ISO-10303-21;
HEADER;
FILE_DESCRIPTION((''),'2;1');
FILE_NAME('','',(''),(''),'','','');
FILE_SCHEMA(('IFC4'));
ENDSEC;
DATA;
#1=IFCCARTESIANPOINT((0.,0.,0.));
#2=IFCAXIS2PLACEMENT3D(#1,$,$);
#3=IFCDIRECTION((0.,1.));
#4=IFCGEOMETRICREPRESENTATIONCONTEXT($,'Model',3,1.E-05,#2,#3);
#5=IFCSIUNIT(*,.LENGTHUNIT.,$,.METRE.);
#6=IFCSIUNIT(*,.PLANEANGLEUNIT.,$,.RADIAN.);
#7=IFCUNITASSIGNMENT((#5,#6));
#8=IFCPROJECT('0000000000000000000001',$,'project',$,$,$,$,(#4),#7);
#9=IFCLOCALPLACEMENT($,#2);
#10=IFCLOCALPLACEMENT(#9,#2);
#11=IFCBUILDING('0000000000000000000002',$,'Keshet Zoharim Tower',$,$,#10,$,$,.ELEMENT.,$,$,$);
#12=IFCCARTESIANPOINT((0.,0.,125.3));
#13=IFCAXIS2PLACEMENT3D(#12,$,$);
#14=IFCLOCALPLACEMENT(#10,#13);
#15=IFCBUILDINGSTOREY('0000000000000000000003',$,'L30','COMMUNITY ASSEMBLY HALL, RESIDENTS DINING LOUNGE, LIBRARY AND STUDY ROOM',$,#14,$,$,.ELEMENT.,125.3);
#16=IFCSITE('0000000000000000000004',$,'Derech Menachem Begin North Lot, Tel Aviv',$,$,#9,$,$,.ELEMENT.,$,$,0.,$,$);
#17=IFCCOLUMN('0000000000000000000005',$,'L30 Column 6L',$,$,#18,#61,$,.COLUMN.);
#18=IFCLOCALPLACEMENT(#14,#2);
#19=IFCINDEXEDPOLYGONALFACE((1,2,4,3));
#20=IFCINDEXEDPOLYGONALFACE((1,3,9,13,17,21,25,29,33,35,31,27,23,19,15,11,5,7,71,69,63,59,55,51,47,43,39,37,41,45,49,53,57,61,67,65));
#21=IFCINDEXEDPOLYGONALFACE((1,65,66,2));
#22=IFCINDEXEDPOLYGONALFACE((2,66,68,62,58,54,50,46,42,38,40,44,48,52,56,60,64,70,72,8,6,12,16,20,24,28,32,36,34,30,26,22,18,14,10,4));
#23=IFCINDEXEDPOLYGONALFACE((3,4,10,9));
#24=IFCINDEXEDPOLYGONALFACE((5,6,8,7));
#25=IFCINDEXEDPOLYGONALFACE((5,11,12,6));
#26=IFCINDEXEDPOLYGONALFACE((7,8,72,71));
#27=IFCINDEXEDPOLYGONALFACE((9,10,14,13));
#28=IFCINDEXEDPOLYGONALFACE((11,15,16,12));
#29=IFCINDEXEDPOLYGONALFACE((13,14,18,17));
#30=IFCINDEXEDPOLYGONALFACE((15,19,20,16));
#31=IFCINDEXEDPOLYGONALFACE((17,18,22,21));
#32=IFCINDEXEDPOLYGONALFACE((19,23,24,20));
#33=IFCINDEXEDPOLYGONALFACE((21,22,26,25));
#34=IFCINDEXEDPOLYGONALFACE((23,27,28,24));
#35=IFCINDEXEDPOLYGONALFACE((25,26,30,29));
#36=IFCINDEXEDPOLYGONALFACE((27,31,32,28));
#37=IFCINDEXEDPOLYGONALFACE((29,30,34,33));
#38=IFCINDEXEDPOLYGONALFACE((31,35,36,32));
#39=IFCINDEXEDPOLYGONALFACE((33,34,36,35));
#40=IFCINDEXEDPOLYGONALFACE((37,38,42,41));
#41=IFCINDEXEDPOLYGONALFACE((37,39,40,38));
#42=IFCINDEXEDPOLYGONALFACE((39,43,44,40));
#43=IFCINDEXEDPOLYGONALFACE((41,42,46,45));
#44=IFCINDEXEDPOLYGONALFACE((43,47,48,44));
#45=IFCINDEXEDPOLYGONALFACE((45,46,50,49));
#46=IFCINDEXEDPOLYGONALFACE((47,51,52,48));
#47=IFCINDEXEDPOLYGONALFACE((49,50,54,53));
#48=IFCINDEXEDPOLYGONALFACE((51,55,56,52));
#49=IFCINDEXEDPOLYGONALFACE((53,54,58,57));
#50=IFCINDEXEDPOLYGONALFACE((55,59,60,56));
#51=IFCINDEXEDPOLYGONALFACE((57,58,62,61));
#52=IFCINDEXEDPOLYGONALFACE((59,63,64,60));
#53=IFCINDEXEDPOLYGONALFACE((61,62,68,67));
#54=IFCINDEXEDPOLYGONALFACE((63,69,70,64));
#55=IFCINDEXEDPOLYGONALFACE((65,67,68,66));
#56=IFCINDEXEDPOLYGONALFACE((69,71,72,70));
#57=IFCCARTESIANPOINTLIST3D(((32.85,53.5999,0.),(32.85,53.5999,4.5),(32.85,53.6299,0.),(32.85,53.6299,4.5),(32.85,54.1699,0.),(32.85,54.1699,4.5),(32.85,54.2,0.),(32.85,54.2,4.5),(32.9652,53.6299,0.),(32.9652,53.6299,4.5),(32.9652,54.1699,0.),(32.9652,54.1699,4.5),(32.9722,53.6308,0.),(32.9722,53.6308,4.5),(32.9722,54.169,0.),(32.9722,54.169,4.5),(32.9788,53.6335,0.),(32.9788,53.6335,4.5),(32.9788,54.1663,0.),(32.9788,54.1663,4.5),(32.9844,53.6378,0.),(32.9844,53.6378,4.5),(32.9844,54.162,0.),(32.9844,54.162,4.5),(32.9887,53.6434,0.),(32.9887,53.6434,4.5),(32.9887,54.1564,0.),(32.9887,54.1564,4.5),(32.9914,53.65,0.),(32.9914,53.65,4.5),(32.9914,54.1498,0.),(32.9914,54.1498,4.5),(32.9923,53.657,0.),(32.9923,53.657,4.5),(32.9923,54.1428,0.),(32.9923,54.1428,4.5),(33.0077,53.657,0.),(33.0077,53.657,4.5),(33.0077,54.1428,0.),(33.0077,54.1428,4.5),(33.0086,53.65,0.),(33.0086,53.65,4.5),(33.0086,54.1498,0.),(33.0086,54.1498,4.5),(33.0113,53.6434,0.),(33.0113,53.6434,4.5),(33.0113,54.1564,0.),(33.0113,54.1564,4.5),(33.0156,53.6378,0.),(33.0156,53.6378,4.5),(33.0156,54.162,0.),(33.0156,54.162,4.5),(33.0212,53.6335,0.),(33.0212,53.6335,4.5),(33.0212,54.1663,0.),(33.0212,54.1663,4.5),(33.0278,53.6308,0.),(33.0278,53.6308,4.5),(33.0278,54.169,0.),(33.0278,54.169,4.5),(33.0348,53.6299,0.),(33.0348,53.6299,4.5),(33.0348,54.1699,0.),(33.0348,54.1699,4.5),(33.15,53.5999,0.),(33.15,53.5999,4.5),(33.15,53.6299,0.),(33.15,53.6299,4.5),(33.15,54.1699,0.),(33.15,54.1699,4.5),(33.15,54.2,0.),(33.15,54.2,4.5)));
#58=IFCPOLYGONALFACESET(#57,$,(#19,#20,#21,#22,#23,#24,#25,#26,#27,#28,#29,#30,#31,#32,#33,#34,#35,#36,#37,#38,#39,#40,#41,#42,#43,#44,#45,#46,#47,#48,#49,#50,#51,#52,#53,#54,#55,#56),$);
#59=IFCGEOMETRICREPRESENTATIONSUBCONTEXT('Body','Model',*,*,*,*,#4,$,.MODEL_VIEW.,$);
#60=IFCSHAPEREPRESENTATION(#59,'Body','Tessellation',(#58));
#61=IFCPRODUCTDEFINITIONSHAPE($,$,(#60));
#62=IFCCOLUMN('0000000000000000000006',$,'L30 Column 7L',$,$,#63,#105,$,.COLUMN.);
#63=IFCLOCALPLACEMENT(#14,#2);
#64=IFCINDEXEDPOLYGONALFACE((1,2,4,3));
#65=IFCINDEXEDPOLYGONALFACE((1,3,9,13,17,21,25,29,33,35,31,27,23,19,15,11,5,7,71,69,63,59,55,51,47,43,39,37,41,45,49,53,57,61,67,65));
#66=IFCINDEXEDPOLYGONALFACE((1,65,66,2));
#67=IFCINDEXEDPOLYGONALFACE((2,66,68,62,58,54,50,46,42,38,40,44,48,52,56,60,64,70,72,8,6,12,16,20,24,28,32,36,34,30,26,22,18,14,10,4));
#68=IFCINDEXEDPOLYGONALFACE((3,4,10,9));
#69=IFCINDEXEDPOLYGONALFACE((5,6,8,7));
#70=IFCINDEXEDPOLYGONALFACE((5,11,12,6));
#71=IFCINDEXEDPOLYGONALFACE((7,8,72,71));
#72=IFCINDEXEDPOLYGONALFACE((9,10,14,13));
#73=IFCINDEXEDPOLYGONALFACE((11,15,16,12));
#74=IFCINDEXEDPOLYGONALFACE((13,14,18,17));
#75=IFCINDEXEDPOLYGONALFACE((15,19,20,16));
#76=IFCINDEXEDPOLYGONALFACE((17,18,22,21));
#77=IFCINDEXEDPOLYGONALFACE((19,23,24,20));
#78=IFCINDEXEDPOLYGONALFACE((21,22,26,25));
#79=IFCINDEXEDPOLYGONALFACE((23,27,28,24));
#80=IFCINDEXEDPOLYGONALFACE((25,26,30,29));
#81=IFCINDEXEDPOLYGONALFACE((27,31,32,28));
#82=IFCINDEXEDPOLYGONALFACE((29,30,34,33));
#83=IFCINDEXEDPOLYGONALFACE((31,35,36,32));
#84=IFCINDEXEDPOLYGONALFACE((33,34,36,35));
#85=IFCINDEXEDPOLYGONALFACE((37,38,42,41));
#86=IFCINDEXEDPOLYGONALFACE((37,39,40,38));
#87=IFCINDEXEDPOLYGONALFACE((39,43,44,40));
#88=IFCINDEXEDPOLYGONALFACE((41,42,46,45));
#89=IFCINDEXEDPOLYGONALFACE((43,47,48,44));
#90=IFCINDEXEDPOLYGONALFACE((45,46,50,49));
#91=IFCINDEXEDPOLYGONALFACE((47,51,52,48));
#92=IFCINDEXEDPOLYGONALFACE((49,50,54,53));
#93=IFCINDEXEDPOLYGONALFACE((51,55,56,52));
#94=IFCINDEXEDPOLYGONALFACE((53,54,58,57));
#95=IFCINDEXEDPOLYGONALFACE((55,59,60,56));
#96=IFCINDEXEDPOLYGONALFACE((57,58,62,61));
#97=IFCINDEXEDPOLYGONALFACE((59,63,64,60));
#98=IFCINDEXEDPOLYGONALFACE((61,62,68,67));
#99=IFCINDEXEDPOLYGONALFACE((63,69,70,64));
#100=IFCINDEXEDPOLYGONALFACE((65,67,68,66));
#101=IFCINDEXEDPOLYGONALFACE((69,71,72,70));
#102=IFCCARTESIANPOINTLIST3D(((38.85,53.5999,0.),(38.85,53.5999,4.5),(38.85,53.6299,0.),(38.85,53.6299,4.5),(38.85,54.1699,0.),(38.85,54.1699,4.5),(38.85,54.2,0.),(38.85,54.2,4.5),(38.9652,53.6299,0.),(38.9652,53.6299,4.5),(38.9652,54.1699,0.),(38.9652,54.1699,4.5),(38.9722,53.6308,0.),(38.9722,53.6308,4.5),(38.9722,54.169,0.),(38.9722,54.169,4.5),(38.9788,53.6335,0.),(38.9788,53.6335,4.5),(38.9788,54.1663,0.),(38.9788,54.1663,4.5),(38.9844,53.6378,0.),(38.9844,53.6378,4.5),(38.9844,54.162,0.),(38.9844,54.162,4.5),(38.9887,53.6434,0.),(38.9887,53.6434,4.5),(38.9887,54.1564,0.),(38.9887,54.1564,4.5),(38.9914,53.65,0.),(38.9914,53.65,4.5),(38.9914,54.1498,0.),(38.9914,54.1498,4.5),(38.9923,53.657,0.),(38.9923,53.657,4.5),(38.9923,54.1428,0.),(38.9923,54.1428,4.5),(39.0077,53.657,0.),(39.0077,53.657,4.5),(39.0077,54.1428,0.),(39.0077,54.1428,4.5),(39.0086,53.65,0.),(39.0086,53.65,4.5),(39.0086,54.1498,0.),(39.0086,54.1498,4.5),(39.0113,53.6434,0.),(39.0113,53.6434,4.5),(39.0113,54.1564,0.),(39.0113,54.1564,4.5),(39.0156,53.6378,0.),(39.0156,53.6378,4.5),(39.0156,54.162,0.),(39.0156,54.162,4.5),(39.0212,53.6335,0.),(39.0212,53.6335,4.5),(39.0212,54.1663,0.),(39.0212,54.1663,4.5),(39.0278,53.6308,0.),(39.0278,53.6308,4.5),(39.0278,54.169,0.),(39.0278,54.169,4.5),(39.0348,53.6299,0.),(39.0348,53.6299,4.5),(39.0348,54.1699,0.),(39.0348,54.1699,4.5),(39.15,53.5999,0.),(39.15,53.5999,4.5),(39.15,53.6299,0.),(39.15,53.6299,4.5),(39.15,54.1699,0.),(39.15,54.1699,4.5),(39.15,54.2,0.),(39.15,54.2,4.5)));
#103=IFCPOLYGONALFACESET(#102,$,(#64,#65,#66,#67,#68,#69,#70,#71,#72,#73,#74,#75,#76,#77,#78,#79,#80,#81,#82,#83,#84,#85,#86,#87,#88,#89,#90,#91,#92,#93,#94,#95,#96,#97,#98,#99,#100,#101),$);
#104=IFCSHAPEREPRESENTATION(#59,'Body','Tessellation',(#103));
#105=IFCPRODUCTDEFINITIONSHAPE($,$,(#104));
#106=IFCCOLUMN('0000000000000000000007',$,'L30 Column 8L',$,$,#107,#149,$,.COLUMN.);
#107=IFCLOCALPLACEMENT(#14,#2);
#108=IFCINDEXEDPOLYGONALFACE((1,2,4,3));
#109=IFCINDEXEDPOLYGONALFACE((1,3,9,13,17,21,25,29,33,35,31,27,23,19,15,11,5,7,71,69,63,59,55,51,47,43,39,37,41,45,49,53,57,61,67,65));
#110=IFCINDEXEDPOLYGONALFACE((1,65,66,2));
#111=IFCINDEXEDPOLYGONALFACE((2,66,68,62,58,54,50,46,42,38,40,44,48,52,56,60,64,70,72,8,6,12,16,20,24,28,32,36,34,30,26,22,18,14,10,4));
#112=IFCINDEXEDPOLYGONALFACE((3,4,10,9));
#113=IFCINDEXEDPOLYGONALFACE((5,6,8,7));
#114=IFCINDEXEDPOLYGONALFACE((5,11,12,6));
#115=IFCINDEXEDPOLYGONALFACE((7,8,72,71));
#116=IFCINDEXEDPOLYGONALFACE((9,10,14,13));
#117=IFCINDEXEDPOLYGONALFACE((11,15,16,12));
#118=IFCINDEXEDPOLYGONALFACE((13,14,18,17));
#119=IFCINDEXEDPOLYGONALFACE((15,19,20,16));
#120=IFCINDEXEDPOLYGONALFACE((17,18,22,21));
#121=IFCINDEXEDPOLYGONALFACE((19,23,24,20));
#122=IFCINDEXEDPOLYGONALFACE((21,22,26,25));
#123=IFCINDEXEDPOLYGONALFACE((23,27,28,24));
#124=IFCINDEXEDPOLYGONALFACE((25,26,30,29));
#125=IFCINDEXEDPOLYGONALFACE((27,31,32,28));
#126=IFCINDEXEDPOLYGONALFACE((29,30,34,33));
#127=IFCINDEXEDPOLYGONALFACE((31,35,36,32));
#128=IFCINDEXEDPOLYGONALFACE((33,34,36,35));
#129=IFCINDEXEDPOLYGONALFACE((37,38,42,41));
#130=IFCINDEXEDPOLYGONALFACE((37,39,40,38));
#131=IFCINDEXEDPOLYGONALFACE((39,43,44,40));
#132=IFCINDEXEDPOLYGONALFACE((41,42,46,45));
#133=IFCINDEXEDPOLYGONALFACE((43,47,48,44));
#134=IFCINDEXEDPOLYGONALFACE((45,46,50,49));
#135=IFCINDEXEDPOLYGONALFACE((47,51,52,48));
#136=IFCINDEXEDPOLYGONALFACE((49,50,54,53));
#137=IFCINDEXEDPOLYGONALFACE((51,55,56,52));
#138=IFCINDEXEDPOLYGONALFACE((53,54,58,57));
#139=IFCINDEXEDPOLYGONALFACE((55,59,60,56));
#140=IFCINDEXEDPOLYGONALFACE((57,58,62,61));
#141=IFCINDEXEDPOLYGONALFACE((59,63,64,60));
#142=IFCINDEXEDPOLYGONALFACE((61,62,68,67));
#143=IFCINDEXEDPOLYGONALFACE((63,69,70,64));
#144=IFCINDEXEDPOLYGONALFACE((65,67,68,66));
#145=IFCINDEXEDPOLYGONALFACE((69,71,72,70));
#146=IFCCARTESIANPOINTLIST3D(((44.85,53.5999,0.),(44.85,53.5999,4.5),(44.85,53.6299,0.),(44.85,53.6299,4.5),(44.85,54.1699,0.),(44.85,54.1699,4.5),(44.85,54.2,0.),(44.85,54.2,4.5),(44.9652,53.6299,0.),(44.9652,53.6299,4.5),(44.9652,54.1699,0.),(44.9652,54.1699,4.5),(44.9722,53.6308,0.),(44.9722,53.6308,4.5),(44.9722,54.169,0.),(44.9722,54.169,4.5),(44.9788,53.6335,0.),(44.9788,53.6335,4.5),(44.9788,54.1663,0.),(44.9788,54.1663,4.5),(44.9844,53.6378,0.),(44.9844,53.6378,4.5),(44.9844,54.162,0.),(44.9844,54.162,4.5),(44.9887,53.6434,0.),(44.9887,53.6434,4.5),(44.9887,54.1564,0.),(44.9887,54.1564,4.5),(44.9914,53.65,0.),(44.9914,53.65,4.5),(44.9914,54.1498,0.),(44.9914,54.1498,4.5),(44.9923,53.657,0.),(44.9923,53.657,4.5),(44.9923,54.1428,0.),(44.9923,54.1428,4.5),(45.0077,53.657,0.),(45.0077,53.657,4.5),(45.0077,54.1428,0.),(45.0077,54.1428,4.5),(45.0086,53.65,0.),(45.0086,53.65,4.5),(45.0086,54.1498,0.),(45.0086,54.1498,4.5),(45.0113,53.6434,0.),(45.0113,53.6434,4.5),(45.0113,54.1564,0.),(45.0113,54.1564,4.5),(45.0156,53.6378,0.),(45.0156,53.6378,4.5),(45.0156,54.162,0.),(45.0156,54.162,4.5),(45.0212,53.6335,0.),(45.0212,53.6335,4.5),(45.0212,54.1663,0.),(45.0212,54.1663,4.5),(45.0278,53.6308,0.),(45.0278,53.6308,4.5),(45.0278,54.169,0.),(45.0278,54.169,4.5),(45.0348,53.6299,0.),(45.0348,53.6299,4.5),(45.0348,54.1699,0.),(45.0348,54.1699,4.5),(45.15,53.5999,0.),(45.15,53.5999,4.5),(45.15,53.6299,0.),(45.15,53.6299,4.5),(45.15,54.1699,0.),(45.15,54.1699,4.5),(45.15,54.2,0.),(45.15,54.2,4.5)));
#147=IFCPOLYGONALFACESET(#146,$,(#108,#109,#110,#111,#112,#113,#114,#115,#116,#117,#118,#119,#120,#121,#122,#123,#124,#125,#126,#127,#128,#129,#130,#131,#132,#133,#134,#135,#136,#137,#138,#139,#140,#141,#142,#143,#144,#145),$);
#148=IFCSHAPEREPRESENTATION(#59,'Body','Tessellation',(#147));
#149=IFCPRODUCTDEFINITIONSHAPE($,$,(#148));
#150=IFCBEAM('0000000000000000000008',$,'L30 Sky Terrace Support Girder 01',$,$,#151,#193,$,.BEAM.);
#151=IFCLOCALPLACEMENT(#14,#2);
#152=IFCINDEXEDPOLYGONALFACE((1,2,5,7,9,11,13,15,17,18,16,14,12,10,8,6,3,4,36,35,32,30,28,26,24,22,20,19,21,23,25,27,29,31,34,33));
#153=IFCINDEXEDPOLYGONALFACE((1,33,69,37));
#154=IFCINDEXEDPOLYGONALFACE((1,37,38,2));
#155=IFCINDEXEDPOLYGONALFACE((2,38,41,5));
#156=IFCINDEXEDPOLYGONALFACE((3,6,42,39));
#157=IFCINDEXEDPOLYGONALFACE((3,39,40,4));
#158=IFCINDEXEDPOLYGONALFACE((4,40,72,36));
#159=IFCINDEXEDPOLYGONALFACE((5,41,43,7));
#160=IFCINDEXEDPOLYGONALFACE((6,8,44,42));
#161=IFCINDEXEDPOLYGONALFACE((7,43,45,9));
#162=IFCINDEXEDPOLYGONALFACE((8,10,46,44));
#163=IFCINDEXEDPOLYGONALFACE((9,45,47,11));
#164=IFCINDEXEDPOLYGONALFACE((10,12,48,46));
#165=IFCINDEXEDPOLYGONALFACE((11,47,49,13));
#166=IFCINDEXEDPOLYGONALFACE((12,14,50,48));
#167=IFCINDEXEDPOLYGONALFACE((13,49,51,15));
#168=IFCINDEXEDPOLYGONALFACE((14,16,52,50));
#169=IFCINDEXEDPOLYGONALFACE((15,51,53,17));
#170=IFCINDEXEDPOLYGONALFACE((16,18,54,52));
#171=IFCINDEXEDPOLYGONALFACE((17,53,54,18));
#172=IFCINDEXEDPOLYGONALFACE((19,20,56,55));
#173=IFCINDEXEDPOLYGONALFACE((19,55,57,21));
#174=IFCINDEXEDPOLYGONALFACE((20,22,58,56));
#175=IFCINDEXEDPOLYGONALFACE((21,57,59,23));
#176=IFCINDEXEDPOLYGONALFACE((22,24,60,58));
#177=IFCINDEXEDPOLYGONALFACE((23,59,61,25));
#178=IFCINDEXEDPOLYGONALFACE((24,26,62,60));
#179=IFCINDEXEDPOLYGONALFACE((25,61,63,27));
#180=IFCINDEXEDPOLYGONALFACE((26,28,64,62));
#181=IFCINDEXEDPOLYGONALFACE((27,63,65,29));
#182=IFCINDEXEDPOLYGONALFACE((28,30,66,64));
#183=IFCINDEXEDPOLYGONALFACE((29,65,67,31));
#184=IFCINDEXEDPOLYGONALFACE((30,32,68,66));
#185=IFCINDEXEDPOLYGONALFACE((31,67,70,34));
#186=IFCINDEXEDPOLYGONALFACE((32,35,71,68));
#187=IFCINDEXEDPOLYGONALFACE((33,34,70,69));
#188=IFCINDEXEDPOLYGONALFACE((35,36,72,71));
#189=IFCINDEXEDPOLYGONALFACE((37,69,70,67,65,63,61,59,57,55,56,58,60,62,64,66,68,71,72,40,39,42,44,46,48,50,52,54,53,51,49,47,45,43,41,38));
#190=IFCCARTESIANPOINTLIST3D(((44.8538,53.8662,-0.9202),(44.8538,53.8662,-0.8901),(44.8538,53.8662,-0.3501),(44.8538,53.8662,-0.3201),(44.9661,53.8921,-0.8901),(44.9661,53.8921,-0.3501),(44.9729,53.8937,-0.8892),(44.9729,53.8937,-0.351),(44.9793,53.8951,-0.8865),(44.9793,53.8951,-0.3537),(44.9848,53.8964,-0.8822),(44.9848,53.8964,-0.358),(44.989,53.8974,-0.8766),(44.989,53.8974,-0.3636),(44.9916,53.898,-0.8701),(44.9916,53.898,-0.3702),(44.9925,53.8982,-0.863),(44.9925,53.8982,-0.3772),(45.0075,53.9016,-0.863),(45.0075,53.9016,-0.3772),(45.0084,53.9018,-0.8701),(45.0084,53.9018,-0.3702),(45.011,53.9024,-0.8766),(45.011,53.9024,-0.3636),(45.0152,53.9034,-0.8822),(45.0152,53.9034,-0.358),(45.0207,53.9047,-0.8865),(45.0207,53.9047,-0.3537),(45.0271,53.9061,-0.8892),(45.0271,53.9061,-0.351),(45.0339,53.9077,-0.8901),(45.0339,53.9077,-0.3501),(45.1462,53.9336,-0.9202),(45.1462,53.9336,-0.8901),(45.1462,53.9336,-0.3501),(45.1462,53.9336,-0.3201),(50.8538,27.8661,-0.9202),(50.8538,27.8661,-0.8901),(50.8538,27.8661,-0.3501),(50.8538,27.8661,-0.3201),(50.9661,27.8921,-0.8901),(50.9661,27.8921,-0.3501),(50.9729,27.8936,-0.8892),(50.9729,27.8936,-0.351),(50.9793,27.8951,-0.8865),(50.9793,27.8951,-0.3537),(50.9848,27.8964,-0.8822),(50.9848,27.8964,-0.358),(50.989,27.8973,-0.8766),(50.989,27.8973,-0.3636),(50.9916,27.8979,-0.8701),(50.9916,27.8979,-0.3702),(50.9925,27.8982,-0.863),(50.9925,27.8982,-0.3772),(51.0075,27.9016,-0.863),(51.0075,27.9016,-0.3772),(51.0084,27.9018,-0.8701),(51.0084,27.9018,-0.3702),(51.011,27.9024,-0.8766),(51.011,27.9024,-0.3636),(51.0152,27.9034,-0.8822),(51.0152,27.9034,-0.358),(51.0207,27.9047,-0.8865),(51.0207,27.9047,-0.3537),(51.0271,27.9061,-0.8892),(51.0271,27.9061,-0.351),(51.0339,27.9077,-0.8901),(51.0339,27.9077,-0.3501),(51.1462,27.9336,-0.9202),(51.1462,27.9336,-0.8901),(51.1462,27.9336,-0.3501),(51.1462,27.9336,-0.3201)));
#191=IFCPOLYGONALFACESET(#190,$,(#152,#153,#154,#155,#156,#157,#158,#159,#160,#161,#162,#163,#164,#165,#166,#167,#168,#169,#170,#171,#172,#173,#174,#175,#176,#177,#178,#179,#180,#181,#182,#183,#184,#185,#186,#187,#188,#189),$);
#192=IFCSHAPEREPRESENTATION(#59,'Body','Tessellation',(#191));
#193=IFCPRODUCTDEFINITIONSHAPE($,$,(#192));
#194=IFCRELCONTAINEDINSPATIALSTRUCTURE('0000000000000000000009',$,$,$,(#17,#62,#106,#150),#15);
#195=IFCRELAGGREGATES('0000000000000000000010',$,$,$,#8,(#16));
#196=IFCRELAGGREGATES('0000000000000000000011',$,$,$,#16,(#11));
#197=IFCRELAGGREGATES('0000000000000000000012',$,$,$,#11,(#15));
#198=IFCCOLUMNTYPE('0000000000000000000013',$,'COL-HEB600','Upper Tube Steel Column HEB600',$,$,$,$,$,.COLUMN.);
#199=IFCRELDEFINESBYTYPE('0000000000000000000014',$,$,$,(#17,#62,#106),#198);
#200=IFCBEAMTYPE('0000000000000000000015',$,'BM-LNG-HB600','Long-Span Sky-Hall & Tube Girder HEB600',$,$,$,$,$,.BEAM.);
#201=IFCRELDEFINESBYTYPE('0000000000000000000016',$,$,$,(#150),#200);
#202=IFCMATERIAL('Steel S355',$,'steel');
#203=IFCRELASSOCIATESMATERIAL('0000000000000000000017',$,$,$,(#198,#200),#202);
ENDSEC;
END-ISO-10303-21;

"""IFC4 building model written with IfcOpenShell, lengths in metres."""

from ifc_helpers import new_model, si_unit, direction, frame, origin, origin_2d, place, context, subcontext, project, spatial, i_section, extrude, material, material_profile, profile_set, type_object, element, save


model = new_model("IFC4")

# Units and contexts
model_context = context("Model", 3, precision=1e-05, world=origin(), true_north=direction((0.0, 1.0)))
body_context = subcontext(model_context, "Body", "Model", "MODEL_VIEW")
ifc_project = project(units=[si_unit("LENGTHUNIT", "METRE"), si_unit("PLANEANGLEUNIT", "RADIAN")], contexts=[model_context])

# Site, building, storey
site_placement = place(None, origin())
site = spatial("IfcSite", under=ifc_project, at=site_placement, Name="Derech Menachem Begin North Lot, Tel Aviv", CompositionType="ELEMENT", RefElevation=0.0)
building_placement = place(site_placement, origin())
building = spatial("IfcBuilding", under=site, at=building_placement, Name="Keshet Zoharim Tower", CompositionType="ELEMENT")
storey_placement = place(building_placement, frame((0.0, 0.0, 125.3)))
storey = spatial("IfcBuildingStorey", under=building, at=storey_placement, Name="L30", Description="COMMUNITY ASSEMBLY HALL, RESIDENTS DINING LOUNGE, LIBRARY AND STUDY ROOM", CompositionType="ELEMENT", Elevation=125.3)

# Columns
ifc_material_1 = material(Name="Steel S355", Category="steel")
ifc_material_profile_1 = material_profile(ifc_material_1, i_section(OverallWidth=0.3, OverallDepth=0.6001, WebThickness=0.0154, FlangeThickness=0.03, FilletRadius=0.0271, at=origin_2d()), Name="HEB600")
ifc_profile_set_1 = profile_set([ifc_material_profile_1], Name="Steel S355")
column_type = type_object("IfcColumnType", Name="COL-HEB600", Description="Upper Tube Steel Column HEB600", PredefinedType="COLUMN", material=ifc_profile_set_1)
for number, where, z_axis, x_axis, name in (
    (1, (33.0, 53.8999, 0.0), (0.0, 0.0, 1.0), (1.0, 0.0, 0.0), "L30 Column 6L"),
    (2, (39.0, 53.8999, 0.0), (0.0, 0.0, 1.0), (1.0, 0.0, 0.0), "L30 Column 7L"),
    (3, (45.0, 53.8999, 0.0), (0.0, 0.0, 1.0), (1.0, 0.0, 0.0), "L30 Column 8L"),
):
    element("IfcColumn", number, at=place(storey_placement, frame(where, z_axis=z_axis, x_axis=x_axis)), inside=storey, type_object=column_type, Name=name, PredefinedType="COLUMN", context=body_context, shape_type="SweptSolid", body=[
        extrude(i_section(OverallWidth=0.3, OverallDepth=0.6001, WebThickness=0.0154, FlangeThickness=0.03, FilletRadius=0.0271, at=origin_2d()), origin(), (0.0, 0.0, 1.0), 4.5),
    ])

# Beam
ifc_material_profile_2 = material_profile(ifc_material_1, i_section(OverallWidth=0.3, OverallDepth=0.6001, WebThickness=0.0154, FlangeThickness=0.03, FilletRadius=0.0271, at=origin_2d()), Name="HEB600")
ifc_profile_set_2 = profile_set([ifc_material_profile_2], Name="Steel S355")
beam_type_1 = type_object("IfcBeamType", Name="BM-LNG-HB600", Description="Long-Span Sky-Hall & Tube Girder HEB600", PredefinedType="BEAM", material=ifc_profile_set_2)
beam_placement = place(storey_placement, frame((45.0, 53.8999, -0.6201), z_axis=(0.22486, -0.974391, 0.0), x_axis=(0.974391, 0.22486, 0.0)))
element("IfcBeam", 4, at=beam_placement, inside=storey, type_object=beam_type_1, Name="L30 Sky Terrace Support Girder 01", PredefinedType="BEAM", context=body_context, shape_type="SweptSolid", body=[
    extrude(i_section(OverallWidth=0.3, OverallDepth=0.6001, WebThickness=0.0154, FlangeThickness=0.03, FilletRadius=0.0271, at=origin_2d()), origin(), (0.0, 0.0, 1.0), 26.6833),
])

save(model, "model.ifc")
